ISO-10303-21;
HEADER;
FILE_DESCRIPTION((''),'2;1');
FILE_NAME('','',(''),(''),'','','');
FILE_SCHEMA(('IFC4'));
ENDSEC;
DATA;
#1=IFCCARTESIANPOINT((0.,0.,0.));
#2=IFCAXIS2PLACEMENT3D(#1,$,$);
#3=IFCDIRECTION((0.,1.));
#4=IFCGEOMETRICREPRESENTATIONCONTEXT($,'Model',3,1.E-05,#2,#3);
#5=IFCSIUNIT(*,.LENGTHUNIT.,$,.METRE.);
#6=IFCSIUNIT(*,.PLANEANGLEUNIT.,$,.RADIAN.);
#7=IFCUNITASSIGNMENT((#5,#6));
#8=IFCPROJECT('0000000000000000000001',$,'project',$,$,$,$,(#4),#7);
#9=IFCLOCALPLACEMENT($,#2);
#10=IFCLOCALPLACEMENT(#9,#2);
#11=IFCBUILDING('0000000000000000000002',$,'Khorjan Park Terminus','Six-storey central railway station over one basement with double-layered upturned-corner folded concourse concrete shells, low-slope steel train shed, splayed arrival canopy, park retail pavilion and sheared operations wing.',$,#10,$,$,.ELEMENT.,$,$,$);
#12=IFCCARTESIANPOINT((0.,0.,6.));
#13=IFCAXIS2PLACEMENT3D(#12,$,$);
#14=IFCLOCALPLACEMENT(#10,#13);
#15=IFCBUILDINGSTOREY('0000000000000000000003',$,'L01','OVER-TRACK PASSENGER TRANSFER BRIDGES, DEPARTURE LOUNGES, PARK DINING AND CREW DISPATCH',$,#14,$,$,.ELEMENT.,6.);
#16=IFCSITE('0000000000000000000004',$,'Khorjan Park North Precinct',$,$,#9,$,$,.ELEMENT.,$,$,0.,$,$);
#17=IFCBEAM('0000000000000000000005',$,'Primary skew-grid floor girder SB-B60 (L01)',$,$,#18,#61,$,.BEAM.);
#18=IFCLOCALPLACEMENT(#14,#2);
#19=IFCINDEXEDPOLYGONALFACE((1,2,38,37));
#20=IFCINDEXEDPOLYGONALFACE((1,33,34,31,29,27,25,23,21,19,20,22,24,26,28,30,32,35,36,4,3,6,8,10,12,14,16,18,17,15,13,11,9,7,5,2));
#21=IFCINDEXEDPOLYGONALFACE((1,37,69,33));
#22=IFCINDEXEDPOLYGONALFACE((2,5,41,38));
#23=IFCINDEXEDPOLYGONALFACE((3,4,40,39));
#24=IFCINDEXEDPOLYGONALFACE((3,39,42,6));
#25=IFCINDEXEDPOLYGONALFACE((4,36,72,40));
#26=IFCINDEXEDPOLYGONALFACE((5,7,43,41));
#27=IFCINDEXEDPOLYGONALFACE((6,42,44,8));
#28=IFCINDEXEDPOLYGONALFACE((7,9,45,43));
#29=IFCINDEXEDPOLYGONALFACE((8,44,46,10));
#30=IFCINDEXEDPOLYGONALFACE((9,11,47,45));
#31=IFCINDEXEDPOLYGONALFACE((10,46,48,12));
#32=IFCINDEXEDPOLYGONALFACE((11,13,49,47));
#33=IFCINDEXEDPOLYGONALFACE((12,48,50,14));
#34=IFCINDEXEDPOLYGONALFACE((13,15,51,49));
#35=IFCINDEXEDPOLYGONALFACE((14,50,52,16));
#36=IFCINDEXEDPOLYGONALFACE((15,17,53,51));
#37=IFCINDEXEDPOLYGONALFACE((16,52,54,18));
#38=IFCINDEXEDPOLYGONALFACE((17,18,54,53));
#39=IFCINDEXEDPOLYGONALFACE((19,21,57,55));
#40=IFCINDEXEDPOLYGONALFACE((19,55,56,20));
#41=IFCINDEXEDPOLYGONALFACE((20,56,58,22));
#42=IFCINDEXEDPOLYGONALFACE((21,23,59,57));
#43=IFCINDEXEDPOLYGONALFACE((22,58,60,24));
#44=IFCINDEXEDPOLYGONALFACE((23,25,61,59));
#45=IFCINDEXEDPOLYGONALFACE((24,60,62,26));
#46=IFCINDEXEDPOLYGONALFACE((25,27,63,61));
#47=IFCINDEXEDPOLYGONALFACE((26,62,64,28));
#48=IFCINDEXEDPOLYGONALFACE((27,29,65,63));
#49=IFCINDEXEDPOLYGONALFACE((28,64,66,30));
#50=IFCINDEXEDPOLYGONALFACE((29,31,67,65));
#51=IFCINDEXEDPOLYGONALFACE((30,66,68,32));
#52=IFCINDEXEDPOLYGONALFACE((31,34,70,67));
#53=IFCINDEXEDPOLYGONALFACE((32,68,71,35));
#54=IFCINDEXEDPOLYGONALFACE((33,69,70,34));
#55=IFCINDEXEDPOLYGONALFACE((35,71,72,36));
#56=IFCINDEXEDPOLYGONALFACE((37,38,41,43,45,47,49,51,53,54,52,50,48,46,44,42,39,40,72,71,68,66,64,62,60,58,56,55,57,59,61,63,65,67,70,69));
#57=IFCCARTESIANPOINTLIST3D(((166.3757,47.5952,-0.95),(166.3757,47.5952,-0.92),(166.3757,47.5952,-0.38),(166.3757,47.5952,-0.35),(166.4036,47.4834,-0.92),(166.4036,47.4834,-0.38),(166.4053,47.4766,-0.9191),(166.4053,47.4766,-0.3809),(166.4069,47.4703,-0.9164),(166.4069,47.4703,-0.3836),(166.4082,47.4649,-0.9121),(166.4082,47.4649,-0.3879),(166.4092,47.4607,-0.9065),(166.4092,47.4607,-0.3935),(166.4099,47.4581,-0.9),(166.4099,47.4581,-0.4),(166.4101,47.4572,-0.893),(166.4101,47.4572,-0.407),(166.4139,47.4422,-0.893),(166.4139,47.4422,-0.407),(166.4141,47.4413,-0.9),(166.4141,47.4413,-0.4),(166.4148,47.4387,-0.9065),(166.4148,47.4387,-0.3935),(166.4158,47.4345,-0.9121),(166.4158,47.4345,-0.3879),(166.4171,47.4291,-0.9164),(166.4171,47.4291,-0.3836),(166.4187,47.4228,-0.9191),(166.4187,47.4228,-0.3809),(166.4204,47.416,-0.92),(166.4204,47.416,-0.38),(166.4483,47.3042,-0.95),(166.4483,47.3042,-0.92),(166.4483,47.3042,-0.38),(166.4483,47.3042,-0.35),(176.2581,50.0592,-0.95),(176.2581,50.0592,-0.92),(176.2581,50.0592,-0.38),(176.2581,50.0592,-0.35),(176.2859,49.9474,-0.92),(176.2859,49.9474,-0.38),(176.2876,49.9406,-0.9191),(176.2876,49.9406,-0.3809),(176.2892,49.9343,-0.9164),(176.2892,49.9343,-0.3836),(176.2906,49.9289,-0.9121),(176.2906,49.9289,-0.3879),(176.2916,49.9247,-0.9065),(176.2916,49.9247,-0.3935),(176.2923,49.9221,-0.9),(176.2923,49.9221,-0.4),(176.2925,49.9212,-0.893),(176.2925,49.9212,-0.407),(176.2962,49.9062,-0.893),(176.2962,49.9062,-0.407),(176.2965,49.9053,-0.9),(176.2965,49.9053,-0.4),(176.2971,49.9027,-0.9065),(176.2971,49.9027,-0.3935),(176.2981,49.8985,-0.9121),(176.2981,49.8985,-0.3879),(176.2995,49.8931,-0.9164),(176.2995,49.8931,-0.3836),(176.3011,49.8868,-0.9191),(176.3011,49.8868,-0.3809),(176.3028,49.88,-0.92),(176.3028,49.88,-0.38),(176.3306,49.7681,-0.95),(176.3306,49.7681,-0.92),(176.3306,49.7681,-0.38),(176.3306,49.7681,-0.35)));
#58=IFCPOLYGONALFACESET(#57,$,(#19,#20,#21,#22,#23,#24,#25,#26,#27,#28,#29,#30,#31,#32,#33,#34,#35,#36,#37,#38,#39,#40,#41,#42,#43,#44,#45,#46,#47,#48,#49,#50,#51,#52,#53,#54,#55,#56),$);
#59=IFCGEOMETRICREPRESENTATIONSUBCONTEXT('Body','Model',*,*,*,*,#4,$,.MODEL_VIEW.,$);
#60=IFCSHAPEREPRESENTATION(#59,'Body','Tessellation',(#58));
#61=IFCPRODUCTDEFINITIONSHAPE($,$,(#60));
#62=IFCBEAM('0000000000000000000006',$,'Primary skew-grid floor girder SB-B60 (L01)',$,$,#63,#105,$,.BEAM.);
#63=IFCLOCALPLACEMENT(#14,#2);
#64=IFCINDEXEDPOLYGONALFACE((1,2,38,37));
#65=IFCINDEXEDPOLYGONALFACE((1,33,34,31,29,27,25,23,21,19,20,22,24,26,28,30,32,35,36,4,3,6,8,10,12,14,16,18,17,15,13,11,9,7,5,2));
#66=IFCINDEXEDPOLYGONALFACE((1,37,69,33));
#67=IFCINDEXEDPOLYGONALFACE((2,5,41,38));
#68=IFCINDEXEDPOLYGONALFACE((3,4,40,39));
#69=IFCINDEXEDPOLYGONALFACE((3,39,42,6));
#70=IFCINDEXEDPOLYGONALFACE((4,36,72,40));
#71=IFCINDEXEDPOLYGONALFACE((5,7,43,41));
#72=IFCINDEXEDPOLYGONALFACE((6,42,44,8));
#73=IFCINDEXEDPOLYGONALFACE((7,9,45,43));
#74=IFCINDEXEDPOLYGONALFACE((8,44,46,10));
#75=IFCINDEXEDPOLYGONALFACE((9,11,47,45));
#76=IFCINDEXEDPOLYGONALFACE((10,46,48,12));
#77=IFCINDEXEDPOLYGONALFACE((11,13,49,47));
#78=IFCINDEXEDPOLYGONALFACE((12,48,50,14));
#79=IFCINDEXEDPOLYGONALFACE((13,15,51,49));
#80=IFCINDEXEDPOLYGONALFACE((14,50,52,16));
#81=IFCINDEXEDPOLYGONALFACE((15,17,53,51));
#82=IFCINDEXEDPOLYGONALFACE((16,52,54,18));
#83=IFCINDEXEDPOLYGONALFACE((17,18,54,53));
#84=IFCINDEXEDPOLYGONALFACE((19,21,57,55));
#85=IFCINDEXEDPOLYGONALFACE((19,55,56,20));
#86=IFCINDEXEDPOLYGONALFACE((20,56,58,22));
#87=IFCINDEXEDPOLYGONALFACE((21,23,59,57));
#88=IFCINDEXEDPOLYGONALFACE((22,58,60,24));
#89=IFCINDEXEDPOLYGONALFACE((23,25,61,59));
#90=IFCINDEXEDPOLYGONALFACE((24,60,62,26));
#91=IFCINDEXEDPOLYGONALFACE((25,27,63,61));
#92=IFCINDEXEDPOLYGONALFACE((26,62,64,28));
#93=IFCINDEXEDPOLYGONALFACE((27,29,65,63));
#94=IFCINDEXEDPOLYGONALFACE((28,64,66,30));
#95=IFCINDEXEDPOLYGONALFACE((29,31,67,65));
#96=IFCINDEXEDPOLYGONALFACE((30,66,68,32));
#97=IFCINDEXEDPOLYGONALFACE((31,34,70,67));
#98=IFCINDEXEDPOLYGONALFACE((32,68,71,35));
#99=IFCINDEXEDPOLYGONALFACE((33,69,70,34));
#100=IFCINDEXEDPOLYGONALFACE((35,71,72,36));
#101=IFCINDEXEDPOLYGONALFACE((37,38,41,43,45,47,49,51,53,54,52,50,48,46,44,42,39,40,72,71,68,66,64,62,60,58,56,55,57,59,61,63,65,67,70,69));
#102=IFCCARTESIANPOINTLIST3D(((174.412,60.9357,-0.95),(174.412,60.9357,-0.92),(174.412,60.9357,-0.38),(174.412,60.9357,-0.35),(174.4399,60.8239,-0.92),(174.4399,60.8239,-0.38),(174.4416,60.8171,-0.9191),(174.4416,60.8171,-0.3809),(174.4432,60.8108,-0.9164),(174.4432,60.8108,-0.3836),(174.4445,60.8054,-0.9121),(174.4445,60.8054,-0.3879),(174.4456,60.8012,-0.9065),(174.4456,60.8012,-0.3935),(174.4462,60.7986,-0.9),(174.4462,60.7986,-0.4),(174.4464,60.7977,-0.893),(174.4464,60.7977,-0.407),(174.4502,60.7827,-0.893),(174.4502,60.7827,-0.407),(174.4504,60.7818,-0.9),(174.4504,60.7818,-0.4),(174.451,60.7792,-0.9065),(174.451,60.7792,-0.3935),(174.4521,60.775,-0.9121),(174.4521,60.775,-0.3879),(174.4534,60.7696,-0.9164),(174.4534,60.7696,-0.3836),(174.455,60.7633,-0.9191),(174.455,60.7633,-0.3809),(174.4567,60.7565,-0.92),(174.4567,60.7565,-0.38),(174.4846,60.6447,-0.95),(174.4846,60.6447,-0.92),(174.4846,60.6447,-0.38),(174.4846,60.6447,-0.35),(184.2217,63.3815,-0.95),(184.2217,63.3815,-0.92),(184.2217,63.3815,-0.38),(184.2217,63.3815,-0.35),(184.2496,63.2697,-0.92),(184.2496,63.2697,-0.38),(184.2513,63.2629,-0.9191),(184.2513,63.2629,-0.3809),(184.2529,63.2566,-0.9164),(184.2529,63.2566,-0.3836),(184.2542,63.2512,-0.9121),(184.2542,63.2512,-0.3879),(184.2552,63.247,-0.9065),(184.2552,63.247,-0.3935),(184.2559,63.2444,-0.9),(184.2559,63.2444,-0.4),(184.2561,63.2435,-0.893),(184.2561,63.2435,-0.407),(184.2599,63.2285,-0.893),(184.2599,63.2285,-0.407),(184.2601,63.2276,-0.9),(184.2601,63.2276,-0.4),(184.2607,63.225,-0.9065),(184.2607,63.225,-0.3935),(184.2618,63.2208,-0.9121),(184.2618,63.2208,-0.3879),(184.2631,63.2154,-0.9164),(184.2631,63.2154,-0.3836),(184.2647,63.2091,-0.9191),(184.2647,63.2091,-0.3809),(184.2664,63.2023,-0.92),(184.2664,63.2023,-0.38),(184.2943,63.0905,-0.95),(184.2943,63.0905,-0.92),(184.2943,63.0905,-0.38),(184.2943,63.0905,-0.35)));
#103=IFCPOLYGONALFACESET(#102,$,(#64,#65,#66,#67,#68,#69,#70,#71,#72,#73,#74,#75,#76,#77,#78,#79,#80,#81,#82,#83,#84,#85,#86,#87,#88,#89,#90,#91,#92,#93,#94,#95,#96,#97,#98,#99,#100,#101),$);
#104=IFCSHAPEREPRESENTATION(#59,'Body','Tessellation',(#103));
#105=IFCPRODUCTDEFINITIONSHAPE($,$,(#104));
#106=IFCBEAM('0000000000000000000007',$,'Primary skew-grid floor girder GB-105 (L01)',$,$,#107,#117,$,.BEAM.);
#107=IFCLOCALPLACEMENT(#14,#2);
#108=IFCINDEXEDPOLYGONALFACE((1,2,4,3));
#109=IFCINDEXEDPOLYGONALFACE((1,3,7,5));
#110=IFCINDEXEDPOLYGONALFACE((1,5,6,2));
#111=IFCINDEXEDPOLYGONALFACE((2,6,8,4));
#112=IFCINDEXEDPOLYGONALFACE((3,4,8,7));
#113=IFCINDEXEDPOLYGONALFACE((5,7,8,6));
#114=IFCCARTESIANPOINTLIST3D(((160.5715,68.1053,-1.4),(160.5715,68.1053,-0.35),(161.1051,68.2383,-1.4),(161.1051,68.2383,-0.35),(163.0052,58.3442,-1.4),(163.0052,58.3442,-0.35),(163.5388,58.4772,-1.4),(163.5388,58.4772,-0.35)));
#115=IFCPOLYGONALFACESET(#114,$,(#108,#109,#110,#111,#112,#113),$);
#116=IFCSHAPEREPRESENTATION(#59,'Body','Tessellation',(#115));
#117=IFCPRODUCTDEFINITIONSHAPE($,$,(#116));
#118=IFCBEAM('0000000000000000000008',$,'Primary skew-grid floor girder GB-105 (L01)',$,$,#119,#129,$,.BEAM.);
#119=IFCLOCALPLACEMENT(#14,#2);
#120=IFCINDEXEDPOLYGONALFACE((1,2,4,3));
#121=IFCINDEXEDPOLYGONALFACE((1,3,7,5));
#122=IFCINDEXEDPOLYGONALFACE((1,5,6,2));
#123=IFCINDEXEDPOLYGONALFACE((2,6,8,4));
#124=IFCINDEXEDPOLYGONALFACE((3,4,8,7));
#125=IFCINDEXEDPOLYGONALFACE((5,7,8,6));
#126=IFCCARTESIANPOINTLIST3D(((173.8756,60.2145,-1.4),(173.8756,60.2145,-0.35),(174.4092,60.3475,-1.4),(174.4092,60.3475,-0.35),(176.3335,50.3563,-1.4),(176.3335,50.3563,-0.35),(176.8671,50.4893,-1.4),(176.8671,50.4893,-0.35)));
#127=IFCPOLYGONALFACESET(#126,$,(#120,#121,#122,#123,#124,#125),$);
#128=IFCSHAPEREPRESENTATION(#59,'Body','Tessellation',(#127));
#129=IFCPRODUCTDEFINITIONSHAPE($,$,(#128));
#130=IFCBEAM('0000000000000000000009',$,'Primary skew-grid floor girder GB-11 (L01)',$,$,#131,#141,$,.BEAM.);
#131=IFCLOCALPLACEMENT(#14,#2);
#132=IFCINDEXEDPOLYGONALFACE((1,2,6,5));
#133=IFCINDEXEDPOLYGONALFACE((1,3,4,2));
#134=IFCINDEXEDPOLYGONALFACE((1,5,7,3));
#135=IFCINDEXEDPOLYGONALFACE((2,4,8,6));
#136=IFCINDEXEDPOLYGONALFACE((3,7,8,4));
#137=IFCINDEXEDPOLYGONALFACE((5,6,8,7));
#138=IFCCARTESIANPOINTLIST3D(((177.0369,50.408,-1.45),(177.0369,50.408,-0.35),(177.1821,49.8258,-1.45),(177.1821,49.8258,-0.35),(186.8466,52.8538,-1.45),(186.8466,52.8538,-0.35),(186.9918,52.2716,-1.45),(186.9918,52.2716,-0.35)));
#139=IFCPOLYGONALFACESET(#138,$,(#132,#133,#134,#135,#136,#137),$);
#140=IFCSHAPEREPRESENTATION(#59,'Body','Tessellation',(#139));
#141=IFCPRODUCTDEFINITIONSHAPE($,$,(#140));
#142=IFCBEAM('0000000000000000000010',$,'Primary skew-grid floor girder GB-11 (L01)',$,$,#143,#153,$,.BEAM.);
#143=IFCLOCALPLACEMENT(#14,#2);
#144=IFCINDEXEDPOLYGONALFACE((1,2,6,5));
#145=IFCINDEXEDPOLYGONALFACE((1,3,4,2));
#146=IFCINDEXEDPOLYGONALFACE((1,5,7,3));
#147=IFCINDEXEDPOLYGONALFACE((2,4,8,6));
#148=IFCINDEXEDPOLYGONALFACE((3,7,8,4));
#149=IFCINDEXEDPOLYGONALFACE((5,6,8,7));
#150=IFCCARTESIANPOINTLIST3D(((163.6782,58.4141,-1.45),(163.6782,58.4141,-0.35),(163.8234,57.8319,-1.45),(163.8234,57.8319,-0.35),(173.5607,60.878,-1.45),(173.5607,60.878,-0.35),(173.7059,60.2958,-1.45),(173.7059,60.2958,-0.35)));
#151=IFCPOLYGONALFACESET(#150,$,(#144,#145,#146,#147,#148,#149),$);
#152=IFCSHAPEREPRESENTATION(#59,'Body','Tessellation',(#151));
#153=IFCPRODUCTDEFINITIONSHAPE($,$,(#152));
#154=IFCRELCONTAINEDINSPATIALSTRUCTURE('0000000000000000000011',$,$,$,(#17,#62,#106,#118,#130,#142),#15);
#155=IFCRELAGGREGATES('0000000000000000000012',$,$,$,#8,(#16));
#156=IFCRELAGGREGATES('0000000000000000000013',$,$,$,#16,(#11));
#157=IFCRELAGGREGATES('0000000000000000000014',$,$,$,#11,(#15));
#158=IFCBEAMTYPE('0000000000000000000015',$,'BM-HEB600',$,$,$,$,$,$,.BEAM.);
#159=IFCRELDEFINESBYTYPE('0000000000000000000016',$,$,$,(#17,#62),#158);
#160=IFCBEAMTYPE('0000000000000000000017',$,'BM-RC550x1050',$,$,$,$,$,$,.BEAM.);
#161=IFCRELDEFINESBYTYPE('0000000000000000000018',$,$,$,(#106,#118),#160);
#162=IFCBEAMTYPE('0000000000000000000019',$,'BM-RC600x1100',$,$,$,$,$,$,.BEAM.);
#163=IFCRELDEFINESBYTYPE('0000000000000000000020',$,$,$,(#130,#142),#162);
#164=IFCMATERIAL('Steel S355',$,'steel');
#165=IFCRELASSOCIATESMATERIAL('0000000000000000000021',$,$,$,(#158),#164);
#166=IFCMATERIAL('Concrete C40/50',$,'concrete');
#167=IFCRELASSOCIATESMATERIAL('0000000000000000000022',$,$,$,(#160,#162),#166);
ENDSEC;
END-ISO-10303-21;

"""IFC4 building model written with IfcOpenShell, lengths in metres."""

from ifc_helpers import new_model, si_unit, direction, frame, origin, origin_2d, place, context, subcontext, project, spatial, rectangle, i_section, extrude, material, material_profile, profile_set, type_object, element, save


model = new_model("IFC4")

# Units and contexts
model_context = context("Model", 3, precision=1e-05, world=origin(), true_north=direction((0.0, 1.0)))
body_context = subcontext(model_context, "Body", "Model", "MODEL_VIEW")
ifc_project = project(units=[si_unit("LENGTHUNIT", "METRE"), si_unit("PLANEANGLEUNIT", "RADIAN")], contexts=[model_context])

# Site, building, storey
site_placement = place(None, origin())
site = spatial("IfcSite", under=ifc_project, at=site_placement, Name="Khorjan Park North Precinct", CompositionType="ELEMENT", RefElevation=0.0)
building_placement = place(site_placement, origin())
building = spatial("IfcBuilding", under=site, at=building_placement, Name="Khorjan Park Terminus", Description="Six-storey central railway station over one basement with double-layered upturned-corner folded concourse concrete shells, low-slope steel train shed, splayed arrival canopy, park retail pavilion and sheared operations wing.", CompositionType="ELEMENT")
storey_placement = place(building_placement, frame((0.0, 0.0, 6.0)))
storey = spatial("IfcBuildingStorey", under=building, at=storey_placement, Name="L01", Description="OVER-TRACK PASSENGER TRANSFER BRIDGES, DEPARTURE LOUNGES, PARK DINING AND CREW DISPATCH", CompositionType="ELEMENT", Elevation=6.0)

# Shared definitions
ifc_material_1 = material(Name="Concrete C40/50", Category="concrete")

# Beams
ifc_material_2 = material(Name="Steel S355", Category="steel")
ifc_material_profile_1 = material_profile(ifc_material_2, i_section(OverallWidth=0.3, OverallDepth=0.6, WebThickness=0.0155, FlangeThickness=0.03, FilletRadius=0.027, at=origin_2d()), Name="HEB 600")
ifc_profile_set_1 = profile_set([ifc_material_profile_1], Name="Steel S355")
beam_type_1 = type_object("IfcBeamType", Name="BM-HEB600", PredefinedType="BEAM", material=ifc_profile_set_1)
beam_1_placement = place(storey_placement, frame((166.412, 47.4497, -0.65), z_axis=(0.970295, 0.241926, 0.0), x_axis=(-0.241926, 0.970295, 0.0)))
element("IfcBeam", 1, at=beam_1_placement, inside=storey, type_object=beam_type_1, Name="Primary skew-grid floor girder SB-B60 (L01)", PredefinedType="BEAM", context=body_context, shape_type="SweptSolid", body=[
    extrude(i_section(OverallWidth=0.3, OverallDepth=0.6, WebThickness=0.0155, FlangeThickness=0.03, FilletRadius=0.027, at=origin_2d()), origin(), (0.0, 0.0, 1.0), 10.1849),
])
beam_2_placement = place(storey_placement, frame((174.4483, 60.7902, -0.65), z_axis=(0.970296, 0.241919, 0.0), x_axis=(-0.241919, 0.970296, 0.0)))
element("IfcBeam", 2, at=beam_2_placement, inside=storey, type_object=beam_type_1, Name="Primary skew-grid floor girder SB-B60 (L01)", PredefinedType="BEAM", context=body_context, shape_type="SweptSolid", body=[
    extrude(i_section(OverallWidth=0.3, OverallDepth=0.6, WebThickness=0.0155, FlangeThickness=0.03, FilletRadius=0.027, at=origin_2d()), origin(), (0.0, 0.0, 1.0), 10.11),
])
ifc_material_profile_2 = material_profile(ifc_material_1, rectangle(XDim=0.55, YDim=1.05, at=origin_2d()), Name="RC 550x1050")
ifc_profile_set_2 = profile_set([ifc_material_profile_2], Name="Concrete C40/50")
beam_type_2 = type_object("IfcBeamType", Name="BM-RC550x1050", PredefinedType="BEAM", material=ifc_profile_set_2)
beam_3_placement = place(storey_placement, frame((163.272, 58.4107, -0.875), z_axis=(-0.24192, 0.970296, 0.0), x_axis=(-0.970296, -0.24192, 0.0)))
element("IfcBeam", 3, at=beam_3_placement, inside=storey, type_object=beam_type_2, Name="Primary skew-grid floor girder GB-105 (L01)", PredefinedType="BEAM", context=body_context, shape_type="SweptSolid", body=[
    extrude(rectangle(XDim=0.55, YDim=1.05, at=origin_2d()), origin(), (0.0, 0.0, 1.0), 10.0599),
])
beam_4_placement = place(storey_placement, frame((176.6003, 50.4228, -0.875), z_axis=(-0.24192, 0.970296, 0.0), x_axis=(-0.970296, -0.24192, 0.0)))
element("IfcBeam", 4, at=beam_4_placement, inside=storey, type_object=beam_type_2, Name="Primary skew-grid floor girder GB-105 (L01)", PredefinedType="BEAM", context=body_context, shape_type="SweptSolid", body=[
    extrude(rectangle(XDim=0.55, YDim=1.05, at=origin_2d()), origin(), (0.0, 0.0, 1.0), 10.16),
])
ifc_material_profile_3 = material_profile(ifc_material_1, rectangle(XDim=0.6, YDim=1.1, at=origin_2d()), Name="RC 600x1100")
ifc_profile_set_3 = profile_set([ifc_material_profile_3], Name="Concrete C40/50")
beam_type_3 = type_object("IfcBeamType", Name="BM-RC600x1100", PredefinedType="BEAM", material=ifc_profile_set_3)
beam_5_placement = place(storey_placement, frame((177.1095, 50.1169, -0.9), z_axis=(0.970296, 0.241919, 0.0), x_axis=(-0.241919, 0.970296, 0.0)))
element("IfcBeam", 5, at=beam_5_placement, inside=storey, type_object=beam_type_3, Name="Primary skew-grid floor girder GB-11 (L01)", PredefinedType="BEAM", context=body_context, shape_type="SweptSolid", body=[
    extrude(rectangle(XDim=0.6, YDim=1.1, at=origin_2d()), origin(), (0.0, 0.0, 1.0), 10.11),
])
beam_6_placement = place(storey_placement, frame((163.7508, 58.123, -0.9), z_axis=(0.970298, 0.241914, 0.0), x_axis=(-0.241914, 0.970298, 0.0)))
element("IfcBeam", 6, at=beam_6_placement, inside=storey, type_object=beam_type_3, Name="Primary skew-grid floor girder GB-11 (L01)", PredefinedType="BEAM", context=body_context, shape_type="SweptSolid", body=[
    extrude(rectangle(XDim=0.6, YDim=1.1, at=origin_2d()), origin(), (0.0, 0.0, 1.0), 10.185),
])

save(model, "model.ifc")
